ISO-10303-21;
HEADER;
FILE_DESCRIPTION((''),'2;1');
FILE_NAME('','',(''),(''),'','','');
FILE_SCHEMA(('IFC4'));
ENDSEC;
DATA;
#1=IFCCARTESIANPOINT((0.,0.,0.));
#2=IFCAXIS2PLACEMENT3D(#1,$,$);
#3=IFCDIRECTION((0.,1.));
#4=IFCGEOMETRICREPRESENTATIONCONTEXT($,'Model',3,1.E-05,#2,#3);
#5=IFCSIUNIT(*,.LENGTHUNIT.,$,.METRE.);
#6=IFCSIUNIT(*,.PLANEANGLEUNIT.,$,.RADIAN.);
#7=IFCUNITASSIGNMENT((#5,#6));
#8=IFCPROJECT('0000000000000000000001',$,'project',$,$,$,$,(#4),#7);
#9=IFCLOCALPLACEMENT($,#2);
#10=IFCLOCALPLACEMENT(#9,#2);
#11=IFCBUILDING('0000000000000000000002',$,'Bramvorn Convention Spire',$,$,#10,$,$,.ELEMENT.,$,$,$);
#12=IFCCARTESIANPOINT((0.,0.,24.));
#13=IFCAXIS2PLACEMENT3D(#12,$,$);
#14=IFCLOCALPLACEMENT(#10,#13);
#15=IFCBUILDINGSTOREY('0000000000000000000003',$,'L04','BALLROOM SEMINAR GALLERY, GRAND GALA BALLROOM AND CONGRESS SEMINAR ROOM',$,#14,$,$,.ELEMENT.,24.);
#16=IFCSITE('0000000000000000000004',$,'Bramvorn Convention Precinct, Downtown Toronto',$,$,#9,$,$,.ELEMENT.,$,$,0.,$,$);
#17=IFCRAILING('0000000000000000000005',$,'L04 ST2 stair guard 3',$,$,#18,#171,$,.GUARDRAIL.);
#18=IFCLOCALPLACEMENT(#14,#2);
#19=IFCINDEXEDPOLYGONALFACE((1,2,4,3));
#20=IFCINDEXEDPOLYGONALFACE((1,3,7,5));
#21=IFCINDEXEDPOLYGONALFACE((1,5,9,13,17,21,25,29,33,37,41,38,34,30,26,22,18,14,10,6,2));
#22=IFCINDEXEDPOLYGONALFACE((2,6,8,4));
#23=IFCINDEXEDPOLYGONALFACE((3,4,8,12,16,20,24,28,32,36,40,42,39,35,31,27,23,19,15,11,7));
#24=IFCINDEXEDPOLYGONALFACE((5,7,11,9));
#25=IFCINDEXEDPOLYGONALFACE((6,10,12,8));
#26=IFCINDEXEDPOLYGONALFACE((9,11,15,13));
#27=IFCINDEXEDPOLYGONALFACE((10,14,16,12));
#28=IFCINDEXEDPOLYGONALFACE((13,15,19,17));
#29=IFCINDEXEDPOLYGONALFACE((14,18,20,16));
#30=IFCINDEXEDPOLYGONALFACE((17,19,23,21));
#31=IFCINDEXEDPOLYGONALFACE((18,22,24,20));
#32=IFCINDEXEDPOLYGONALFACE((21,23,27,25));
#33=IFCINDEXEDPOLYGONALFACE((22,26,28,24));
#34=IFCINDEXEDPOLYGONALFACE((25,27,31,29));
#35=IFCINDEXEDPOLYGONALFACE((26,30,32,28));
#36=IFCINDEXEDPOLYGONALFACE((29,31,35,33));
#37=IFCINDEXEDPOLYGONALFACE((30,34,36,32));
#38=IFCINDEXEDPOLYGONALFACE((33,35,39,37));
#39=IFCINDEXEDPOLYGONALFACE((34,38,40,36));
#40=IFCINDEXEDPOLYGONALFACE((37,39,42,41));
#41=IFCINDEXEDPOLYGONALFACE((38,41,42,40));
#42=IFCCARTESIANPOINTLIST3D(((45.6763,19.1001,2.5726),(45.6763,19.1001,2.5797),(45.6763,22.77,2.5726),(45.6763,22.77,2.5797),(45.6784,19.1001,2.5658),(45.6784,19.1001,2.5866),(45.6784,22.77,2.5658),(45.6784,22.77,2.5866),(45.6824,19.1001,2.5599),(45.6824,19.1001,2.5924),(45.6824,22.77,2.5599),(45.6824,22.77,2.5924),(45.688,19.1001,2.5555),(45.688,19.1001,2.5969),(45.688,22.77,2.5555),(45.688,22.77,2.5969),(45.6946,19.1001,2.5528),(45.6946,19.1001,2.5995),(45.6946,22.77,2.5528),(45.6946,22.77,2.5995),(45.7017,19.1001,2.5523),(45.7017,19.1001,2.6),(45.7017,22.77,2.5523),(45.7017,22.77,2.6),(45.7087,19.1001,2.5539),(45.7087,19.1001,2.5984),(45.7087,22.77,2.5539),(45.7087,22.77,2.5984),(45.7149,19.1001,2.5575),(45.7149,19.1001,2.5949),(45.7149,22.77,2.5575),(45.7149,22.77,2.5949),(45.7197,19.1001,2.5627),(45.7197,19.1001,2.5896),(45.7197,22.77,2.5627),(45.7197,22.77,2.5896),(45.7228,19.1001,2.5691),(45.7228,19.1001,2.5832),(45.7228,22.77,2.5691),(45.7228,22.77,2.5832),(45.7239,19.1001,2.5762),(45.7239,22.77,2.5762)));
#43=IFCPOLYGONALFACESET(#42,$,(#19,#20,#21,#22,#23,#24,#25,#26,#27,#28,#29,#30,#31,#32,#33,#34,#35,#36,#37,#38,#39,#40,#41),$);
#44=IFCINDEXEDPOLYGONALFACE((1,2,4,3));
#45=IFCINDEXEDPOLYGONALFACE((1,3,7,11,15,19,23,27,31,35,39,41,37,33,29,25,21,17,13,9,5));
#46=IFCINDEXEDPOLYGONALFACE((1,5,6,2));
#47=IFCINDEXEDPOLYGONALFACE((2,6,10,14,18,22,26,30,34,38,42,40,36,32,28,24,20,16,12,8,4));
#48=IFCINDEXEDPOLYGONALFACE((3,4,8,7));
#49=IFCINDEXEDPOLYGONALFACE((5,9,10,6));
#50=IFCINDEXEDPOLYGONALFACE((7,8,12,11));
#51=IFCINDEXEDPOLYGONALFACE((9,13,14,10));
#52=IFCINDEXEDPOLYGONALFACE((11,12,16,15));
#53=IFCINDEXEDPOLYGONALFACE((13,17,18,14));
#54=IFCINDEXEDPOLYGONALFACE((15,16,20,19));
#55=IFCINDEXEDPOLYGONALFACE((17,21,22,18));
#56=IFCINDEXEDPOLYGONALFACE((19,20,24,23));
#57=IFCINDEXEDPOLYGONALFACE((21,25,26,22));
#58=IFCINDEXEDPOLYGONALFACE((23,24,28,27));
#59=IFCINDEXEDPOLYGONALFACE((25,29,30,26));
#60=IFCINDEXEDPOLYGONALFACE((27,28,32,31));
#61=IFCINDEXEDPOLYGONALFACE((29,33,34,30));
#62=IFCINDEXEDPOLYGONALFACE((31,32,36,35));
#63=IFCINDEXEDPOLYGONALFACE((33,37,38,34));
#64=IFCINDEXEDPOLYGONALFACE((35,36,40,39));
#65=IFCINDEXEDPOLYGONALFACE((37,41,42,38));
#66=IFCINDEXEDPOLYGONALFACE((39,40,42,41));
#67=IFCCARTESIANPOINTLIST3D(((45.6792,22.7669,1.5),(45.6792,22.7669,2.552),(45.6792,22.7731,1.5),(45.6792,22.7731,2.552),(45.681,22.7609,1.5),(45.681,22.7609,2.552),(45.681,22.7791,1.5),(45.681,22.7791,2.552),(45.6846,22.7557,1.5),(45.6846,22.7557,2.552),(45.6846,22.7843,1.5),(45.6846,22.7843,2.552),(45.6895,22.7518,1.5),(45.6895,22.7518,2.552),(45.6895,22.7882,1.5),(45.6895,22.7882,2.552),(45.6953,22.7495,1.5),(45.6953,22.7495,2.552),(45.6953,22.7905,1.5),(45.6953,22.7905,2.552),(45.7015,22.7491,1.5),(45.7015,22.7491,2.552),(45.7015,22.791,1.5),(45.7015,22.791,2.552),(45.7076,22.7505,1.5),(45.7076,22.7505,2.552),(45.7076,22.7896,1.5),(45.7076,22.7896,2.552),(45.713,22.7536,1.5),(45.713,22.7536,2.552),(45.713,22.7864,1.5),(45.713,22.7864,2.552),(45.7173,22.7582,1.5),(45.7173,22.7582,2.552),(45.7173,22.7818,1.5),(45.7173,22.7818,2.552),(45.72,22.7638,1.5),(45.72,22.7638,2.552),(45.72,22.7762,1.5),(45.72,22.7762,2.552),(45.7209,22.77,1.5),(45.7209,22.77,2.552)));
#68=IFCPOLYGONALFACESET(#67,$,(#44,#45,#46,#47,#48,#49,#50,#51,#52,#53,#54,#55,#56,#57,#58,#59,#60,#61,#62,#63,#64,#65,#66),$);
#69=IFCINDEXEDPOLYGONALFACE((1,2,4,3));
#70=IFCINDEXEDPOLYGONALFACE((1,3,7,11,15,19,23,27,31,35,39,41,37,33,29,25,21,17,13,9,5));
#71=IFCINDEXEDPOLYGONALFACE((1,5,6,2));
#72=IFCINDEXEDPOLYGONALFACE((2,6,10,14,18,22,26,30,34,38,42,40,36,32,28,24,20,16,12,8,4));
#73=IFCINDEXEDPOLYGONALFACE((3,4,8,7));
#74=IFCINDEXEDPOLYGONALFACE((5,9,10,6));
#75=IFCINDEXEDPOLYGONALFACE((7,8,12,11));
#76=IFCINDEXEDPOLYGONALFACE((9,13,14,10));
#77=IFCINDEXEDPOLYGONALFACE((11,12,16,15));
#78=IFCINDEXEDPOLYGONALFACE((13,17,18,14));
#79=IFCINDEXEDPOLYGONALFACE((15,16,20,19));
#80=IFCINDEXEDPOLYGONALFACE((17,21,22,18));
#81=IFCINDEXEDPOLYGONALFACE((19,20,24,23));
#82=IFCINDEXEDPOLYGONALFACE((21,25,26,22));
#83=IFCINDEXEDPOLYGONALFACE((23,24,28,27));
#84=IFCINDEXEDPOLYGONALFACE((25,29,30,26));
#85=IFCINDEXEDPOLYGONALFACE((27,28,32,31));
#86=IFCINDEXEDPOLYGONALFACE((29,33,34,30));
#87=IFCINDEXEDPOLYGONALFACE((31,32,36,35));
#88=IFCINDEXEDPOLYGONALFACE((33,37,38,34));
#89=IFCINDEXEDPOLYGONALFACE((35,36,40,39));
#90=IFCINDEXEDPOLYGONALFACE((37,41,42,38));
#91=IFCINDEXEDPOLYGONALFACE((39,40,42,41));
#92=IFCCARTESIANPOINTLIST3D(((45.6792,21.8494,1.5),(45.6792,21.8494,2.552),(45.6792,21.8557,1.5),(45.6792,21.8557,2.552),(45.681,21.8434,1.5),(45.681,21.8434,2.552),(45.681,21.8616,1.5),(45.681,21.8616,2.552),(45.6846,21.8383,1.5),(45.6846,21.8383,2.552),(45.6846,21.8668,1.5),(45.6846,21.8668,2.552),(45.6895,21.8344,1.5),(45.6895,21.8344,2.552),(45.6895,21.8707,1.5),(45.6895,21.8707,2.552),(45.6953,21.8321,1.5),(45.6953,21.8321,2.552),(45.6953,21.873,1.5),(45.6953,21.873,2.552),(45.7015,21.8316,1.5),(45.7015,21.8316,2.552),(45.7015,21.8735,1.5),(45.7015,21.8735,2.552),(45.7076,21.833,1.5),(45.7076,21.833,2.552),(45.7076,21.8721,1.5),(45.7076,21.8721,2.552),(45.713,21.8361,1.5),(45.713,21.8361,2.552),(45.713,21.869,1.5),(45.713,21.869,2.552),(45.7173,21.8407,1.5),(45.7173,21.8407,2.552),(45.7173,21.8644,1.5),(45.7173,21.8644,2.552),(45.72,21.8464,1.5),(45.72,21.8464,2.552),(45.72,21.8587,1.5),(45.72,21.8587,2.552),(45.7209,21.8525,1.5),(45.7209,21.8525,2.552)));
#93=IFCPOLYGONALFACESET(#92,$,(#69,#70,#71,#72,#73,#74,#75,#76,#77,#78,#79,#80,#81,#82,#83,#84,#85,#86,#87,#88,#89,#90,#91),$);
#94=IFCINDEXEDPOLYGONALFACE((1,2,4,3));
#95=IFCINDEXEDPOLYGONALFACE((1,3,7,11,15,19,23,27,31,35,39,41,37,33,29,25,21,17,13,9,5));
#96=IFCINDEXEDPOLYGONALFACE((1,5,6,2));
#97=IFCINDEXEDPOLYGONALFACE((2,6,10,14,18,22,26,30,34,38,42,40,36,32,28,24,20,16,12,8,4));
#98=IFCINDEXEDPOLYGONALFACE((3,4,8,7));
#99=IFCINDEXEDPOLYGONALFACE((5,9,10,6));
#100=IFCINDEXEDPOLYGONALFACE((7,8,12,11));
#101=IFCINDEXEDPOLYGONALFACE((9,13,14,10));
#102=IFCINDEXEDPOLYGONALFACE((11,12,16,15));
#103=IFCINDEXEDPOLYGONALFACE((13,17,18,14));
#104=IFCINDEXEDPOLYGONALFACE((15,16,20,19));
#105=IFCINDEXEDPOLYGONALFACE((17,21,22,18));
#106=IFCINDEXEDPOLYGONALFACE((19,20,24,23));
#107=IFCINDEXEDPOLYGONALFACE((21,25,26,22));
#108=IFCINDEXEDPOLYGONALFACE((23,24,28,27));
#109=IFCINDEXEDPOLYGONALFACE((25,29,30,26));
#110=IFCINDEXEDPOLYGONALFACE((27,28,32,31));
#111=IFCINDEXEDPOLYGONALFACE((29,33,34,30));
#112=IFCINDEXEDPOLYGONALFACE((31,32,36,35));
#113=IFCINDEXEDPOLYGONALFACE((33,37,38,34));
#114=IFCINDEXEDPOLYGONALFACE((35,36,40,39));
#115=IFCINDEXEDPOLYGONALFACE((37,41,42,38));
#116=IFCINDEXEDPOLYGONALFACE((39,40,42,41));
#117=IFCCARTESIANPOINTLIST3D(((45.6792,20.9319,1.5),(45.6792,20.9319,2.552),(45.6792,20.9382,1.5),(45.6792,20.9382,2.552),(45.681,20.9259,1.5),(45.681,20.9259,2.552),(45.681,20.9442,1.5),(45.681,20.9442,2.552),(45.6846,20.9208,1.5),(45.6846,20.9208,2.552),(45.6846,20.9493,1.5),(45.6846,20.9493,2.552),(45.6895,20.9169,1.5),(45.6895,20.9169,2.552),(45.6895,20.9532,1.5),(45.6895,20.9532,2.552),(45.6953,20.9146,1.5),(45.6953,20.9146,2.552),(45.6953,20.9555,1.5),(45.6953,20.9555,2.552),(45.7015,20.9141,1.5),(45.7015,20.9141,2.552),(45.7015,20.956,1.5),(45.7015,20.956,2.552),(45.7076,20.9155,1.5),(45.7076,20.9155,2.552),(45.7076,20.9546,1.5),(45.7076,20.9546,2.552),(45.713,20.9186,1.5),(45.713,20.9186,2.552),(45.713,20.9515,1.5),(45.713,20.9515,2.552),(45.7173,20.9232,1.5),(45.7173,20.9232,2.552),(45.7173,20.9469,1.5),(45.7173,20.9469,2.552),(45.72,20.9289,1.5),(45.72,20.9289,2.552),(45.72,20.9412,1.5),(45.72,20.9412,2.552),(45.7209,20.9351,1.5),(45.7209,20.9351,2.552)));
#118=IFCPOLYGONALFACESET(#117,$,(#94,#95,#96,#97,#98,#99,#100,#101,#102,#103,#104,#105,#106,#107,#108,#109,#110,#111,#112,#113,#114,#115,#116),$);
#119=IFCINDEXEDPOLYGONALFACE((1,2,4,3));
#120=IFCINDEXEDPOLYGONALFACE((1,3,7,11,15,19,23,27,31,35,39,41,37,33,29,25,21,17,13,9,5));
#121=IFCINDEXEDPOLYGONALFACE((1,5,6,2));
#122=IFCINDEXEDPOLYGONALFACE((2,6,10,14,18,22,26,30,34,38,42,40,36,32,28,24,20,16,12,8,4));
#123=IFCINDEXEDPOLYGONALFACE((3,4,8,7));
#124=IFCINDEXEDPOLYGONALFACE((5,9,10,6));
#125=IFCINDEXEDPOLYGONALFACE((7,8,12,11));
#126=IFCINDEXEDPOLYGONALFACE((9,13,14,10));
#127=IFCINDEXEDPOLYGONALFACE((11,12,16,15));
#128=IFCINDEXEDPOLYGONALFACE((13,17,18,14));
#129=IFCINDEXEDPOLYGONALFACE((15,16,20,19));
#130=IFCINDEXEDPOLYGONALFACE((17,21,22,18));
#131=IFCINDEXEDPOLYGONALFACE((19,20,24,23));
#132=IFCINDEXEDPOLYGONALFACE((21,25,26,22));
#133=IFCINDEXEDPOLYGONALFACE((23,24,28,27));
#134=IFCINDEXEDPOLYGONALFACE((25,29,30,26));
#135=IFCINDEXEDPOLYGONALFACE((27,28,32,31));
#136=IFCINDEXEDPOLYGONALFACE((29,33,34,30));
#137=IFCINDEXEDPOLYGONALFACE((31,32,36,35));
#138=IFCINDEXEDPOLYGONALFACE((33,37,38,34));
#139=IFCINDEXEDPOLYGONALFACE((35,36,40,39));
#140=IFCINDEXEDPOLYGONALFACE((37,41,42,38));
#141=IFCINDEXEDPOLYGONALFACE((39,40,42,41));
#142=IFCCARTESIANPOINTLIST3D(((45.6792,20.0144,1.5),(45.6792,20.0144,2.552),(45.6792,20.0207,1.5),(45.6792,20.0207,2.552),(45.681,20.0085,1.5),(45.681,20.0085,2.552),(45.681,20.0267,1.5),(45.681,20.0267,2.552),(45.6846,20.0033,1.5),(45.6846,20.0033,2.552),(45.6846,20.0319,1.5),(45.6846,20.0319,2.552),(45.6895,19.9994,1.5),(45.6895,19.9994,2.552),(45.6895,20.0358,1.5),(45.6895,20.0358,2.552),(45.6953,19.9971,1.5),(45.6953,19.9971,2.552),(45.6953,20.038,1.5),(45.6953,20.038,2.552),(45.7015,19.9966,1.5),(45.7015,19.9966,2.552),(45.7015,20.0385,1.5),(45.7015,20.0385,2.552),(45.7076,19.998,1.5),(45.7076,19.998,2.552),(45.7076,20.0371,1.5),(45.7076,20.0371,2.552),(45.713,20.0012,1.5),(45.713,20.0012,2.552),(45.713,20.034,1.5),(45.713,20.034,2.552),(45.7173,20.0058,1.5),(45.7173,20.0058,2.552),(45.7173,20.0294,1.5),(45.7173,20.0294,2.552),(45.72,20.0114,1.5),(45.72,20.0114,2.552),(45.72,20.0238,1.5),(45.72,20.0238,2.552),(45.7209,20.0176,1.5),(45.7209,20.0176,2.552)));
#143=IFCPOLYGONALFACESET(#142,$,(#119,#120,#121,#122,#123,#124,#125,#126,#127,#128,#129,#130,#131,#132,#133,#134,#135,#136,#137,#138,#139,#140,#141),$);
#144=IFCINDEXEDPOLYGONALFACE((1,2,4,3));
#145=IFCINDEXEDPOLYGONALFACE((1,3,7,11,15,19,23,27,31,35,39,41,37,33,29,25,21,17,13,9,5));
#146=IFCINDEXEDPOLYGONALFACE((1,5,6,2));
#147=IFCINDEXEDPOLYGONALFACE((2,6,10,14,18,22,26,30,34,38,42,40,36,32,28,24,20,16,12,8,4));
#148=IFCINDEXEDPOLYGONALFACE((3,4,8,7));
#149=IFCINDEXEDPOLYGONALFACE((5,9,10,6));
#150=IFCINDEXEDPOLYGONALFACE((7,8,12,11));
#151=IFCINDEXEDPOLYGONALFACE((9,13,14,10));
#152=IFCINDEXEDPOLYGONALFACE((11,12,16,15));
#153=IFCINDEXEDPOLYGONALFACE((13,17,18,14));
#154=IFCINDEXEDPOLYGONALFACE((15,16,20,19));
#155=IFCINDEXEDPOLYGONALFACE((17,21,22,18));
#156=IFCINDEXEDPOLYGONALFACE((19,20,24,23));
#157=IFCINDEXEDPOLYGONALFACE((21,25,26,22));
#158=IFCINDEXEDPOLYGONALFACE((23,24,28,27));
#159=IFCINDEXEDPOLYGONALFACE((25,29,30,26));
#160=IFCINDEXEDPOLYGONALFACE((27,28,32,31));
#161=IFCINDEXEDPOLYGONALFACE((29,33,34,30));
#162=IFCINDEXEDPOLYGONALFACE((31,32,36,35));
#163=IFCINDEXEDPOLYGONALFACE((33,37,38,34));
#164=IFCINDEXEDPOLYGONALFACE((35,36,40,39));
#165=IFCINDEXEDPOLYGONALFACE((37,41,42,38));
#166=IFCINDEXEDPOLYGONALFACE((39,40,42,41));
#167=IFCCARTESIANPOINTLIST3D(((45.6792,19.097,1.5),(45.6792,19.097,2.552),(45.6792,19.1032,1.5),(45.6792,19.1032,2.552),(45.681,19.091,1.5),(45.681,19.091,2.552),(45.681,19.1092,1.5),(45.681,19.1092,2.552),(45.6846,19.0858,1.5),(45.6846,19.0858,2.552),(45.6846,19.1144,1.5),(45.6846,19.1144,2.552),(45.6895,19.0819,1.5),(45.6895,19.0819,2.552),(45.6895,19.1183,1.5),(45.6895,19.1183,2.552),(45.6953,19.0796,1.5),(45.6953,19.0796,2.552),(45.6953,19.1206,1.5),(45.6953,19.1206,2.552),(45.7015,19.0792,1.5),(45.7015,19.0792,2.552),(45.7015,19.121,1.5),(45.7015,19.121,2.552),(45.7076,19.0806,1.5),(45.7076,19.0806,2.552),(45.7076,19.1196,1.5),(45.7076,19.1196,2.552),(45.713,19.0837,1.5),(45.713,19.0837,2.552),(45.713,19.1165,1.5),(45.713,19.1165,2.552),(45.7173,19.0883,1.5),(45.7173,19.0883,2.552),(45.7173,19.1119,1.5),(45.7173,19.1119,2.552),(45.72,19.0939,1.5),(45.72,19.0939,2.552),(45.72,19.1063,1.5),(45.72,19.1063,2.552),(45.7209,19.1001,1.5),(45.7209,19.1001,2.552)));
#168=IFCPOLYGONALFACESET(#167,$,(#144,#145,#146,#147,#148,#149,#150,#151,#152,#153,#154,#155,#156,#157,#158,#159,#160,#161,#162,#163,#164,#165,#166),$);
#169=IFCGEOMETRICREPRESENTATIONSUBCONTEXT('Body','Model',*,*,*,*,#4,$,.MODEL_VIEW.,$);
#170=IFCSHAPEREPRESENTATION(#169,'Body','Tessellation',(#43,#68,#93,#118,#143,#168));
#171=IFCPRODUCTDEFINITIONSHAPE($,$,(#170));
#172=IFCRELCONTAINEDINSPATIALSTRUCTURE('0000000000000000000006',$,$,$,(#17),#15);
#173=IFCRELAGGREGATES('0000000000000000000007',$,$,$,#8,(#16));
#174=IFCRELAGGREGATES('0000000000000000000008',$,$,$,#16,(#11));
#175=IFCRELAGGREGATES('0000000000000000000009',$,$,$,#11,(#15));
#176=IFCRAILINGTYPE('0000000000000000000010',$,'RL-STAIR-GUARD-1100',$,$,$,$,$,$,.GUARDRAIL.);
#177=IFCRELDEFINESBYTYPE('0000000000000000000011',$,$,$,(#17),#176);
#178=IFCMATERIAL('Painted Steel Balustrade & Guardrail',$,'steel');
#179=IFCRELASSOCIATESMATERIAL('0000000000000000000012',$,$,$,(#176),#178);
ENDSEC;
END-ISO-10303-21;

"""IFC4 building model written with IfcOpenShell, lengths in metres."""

from ifc_helpers import new_model, si_unit, direction, frame, origin, origin_2d, place, context, subcontext, project, spatial, circle, extrude, material, type_object, element, save


model = new_model("IFC4")

# Units and contexts
model_context = context("Model", 3, precision=1e-05, world=origin(), true_north=direction((0.0, 1.0)))
body_context = subcontext(model_context, "Body", "Model", "MODEL_VIEW")
ifc_project = project(units=[si_unit("LENGTHUNIT", "METRE"), si_unit("PLANEANGLEUNIT", "RADIAN")], contexts=[model_context])

# Site, building, storey
site_placement = place(None, origin())
site = spatial("IfcSite", under=ifc_project, at=site_placement, Name="Bramvorn Convention Precinct, Downtown Toronto", CompositionType="ELEMENT", RefElevation=0.0)
building_placement = place(site_placement, origin())
building = spatial("IfcBuilding", under=site, at=building_placement, Name="Bramvorn Convention Spire", CompositionType="ELEMENT")
storey_placement = place(building_placement, frame((0.0, 0.0, 24.0)))
storey = spatial("IfcBuildingStorey", under=building, at=storey_placement, Name="L04", Description="BALLROOM SEMINAR GALLERY, GRAND GALA BALLROOM AND CONGRESS SEMINAR ROOM", CompositionType="ELEMENT", Elevation=24.0)

# Railing
ifc_material_1 = material(Name="Painted Steel Balustrade & Guardrail", Category="steel")
railing_type_1 = type_object("IfcRailingType", Name="RL-STAIR-GUARD-1100", PredefinedType="GUARDRAIL", material=ifc_material_1)
for number, where, name in (
    (1, (45.7, 22.77, 1.5), "L04 ST2 stair guard 3"),
):
    element("IfcRailing", number, at=place(storey_placement, frame(where)), inside=storey, type_object=railing_type_1, Name=name, PredefinedType="GUARDRAIL", context=body_context, shape_type="SweptSolid", body=[
        extrude(circle(Radius=0.0239, at=origin_2d()), frame((0.0, 0.0, 1.0762), z_axis=(0.0, -1.0, 0.0), x_axis=(1.0, 0.0, 0.0)), (0.0, 0.0, 1.0), 3.6699),
        extrude(circle(Radius=0.021, at=origin_2d()), origin(), (0.0, 0.0, 1.0), 1.052),
        extrude(circle(Radius=0.021, at=origin_2d()), frame((0.0, -0.9175, 0.0)), (0.0, 0.0, 1.0), 1.052),
        extrude(circle(Radius=0.021, at=origin_2d()), frame((0.0, -1.835, 0.0)), (0.0, 0.0, 1.0), 1.052),
        extrude(circle(Radius=0.021, at=origin_2d()), frame((0.0, -2.7524, 0.0)), (0.0, 0.0, 1.0), 1.052),
        extrude(circle(Radius=0.021, at=origin_2d()), frame((0.0, -3.6699, 0.0)), (0.0, 0.0, 1.0), 1.052),
    ])

save(model, "model.ifc")
